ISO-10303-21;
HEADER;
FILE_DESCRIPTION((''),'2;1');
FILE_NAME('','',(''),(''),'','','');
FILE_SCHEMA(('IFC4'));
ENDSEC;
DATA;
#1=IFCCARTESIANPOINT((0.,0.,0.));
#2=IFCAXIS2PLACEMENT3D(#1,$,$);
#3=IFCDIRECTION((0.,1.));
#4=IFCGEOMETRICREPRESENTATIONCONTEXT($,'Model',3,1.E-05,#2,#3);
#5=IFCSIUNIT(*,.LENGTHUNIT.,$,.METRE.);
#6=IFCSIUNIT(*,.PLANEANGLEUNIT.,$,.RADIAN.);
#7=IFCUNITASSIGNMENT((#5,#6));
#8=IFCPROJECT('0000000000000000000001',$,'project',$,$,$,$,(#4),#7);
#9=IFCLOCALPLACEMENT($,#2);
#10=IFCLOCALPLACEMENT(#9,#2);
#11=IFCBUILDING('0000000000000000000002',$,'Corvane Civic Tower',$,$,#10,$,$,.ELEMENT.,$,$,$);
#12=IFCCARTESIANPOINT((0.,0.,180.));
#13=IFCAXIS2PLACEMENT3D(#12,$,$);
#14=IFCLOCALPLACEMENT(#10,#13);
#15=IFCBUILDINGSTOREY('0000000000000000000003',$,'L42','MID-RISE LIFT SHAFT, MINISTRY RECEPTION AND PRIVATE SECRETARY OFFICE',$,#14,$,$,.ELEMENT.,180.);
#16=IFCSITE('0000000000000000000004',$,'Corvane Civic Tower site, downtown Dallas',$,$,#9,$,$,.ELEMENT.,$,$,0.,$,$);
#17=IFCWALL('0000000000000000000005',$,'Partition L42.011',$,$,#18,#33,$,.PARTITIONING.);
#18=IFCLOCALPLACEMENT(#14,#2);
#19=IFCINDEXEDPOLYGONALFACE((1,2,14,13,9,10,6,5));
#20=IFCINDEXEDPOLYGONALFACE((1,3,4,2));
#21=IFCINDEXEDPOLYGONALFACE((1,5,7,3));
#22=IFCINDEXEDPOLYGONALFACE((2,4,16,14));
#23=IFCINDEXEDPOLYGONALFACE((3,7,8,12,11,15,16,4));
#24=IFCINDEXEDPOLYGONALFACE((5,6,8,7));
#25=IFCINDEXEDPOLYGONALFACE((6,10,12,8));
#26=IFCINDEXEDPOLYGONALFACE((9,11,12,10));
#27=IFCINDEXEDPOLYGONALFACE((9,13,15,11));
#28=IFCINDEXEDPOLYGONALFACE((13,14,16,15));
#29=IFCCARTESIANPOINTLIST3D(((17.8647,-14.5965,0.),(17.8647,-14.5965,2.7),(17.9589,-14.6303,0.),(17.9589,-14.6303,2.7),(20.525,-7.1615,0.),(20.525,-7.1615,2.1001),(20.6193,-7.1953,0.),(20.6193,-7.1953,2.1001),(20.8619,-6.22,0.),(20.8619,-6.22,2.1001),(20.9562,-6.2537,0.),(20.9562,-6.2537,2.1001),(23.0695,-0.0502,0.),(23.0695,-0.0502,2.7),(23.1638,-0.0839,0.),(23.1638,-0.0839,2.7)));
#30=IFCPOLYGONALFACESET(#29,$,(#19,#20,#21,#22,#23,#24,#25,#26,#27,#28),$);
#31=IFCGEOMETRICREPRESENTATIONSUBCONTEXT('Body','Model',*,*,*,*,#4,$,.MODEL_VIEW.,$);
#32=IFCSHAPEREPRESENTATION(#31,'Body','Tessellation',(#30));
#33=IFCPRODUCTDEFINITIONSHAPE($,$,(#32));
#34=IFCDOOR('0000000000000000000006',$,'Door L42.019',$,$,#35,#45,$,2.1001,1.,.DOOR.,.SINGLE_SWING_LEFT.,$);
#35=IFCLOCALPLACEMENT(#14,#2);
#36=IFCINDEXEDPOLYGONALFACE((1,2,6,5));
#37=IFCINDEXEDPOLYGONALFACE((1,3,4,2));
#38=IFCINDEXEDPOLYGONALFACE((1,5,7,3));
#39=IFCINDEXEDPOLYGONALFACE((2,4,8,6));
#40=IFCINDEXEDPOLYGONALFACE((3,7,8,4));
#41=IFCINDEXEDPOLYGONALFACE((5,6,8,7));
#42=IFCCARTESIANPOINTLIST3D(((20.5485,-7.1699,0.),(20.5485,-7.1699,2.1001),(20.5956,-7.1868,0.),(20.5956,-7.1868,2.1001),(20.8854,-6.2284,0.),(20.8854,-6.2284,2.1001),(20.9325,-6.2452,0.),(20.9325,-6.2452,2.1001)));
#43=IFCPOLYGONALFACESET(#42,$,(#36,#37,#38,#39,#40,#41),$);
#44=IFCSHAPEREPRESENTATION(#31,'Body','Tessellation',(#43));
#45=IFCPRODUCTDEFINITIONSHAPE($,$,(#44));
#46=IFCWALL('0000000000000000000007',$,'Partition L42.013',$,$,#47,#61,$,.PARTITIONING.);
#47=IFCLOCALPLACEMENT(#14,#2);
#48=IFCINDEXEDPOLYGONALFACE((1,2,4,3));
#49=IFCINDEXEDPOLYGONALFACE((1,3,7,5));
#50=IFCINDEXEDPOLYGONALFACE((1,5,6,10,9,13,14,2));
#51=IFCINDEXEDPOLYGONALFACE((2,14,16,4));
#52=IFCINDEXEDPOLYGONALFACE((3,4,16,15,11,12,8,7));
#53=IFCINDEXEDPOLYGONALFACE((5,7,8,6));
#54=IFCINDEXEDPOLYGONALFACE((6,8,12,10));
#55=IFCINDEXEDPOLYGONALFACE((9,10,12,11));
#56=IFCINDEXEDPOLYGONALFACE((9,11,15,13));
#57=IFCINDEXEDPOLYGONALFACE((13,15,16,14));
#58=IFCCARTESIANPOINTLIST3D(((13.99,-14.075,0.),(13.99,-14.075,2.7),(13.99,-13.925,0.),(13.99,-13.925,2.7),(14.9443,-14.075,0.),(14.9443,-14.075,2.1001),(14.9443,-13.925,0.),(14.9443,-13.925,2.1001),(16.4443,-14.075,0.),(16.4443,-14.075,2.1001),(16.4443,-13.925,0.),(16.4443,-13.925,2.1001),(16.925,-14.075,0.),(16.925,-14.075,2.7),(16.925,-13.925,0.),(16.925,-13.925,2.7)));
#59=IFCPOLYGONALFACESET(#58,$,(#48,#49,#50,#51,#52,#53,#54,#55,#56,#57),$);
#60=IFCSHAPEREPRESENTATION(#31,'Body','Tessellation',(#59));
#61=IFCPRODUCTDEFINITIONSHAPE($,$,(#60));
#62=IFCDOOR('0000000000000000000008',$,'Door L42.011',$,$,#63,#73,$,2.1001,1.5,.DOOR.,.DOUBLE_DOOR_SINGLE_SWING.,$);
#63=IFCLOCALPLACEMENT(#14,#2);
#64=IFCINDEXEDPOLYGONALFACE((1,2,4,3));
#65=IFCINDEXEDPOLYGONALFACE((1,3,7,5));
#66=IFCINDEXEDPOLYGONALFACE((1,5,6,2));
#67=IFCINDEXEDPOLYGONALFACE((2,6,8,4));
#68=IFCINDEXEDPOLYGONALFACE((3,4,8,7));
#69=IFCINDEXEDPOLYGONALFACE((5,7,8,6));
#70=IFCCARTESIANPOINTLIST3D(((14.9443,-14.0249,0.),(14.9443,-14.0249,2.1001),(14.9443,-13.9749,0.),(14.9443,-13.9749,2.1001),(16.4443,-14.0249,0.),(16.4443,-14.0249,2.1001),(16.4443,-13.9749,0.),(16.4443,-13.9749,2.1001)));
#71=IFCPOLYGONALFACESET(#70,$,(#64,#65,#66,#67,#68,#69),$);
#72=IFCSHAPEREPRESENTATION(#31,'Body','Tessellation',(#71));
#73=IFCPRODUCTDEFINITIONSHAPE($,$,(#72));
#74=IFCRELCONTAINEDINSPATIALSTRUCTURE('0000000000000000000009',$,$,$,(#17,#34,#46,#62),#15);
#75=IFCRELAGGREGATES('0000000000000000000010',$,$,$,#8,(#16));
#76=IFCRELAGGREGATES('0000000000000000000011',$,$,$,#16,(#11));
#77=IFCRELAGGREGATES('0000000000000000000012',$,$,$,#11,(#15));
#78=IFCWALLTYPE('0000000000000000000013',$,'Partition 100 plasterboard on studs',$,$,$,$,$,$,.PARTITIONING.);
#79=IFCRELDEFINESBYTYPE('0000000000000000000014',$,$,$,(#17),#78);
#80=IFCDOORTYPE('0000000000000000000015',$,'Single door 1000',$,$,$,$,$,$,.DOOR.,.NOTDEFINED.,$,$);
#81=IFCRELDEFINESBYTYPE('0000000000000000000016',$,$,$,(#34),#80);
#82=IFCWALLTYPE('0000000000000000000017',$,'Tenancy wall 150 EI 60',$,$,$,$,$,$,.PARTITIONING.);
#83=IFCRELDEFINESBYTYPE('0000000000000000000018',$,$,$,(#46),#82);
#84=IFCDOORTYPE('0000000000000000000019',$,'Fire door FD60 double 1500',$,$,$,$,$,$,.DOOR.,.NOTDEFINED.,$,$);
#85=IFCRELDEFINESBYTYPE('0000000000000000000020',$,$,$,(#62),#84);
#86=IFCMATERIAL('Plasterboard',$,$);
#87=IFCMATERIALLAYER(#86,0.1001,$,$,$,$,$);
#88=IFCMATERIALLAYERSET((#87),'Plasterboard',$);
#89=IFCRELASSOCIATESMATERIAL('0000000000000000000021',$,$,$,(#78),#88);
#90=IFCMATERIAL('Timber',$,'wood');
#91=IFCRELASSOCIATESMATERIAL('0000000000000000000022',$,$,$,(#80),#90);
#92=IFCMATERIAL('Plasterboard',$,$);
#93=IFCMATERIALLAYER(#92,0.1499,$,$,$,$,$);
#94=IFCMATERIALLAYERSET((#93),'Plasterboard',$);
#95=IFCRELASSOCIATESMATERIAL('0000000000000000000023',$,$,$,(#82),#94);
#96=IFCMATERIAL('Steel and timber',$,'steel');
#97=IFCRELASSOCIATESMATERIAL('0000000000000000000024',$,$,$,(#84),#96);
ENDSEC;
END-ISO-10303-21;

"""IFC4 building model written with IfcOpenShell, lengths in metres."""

from ifc_helpers import new_model, si_unit, direction, frame, frame_2d, origin, place, context, subcontext, project, spatial, rectangle, extrude, material, layer, layer_set, type_object, element, fill, save


model = new_model("IFC4")

# Units and contexts
model_context = context("Model", 3, precision=1e-05, world=origin(), true_north=direction((0.0, 1.0)))
body_context = subcontext(model_context, "Body", "Model", "MODEL_VIEW")
ifc_project = project(units=[si_unit("LENGTHUNIT", "METRE"), si_unit("PLANEANGLEUNIT", "RADIAN")], contexts=[model_context])

# Site, building, storey
site_placement = place(None, origin())
site = spatial("IfcSite", under=ifc_project, at=site_placement, Name="Corvane Civic Tower site, downtown Dallas", CompositionType="ELEMENT", RefElevation=0.0)
building_placement = place(site_placement, origin())
building = spatial("IfcBuilding", under=site, at=building_placement, Name="Corvane Civic Tower", CompositionType="ELEMENT")
storey_placement = place(building_placement, frame((0.0, 0.0, 180.0)))
storey = spatial("IfcBuildingStorey", under=building, at=storey_placement, Name="L42", Description="MID-RISE LIFT SHAFT, MINISTRY RECEPTION AND PRIVATE SECRETARY OFFICE", CompositionType="ELEMENT", Elevation=180.0)

# Walls, openings, doors
ifc_material_1 = material(Name="Plasterboard")
ifc_layer_1 = layer(ifc_material_1, 0.1001)
ifc_layer_set_1 = layer_set([ifc_layer_1], Name="Plasterboard")
wall_type_1 = type_object("IfcWallType", Name="Partition 100 plasterboard on studs", PredefinedType="PARTITIONING", material=ifc_layer_set_1)
wall_1_placement = place(storey_placement, frame((17.9119, -14.6133, 0.0), z_axis=(0.0, 0.0, 1.0), x_axis=(0.336893, 0.941543, 0.0)))
wall_1 = element("IfcWall", 1, at=wall_1_placement, inside=storey, type_object=wall_type_1, Name="Partition L42.011", PredefinedType="PARTITIONING", context=body_context, shape_type="SweptSolid", body=[
    extrude(rectangle(XDim=15.4495, YDim=0.1001, at=frame_2d((7.7246, 0.0))), origin(), (0.0, 0.0, 1.0), 2.7),
])
opening_1_placement = place(wall_1_placement, frame((7.8965, 0.0, 0.0)))
opening_1 = element("IfcOpeningElement", 2, at=opening_1_placement, cuts=wall_1, PredefinedType="OPENING", context=body_context, shape_type="SweptSolid", body=[
    extrude(rectangle(XDim=1.0, YDim=2.1001, at=frame_2d((0.5, 1.05))), frame((0.0, 0.0601, 0.0), z_axis=(0.0, -1.0, 0.0), x_axis=(1.0, 0.0, 0.0)), (0.0, 0.0, 1.0), 0.1201),
])
ifc_material_2 = material(Name="Timber", Category="wood")
door_type_1 = type_object("IfcDoorType", Name="Single door 1000", OperationType="NOTDEFINED", PredefinedType="DOOR", material=ifc_material_2)
door_1_placement = place(opening_1_placement, frame((1.0, 0.0, 0.0), z_axis=(0.0, 0.0, 1.0), x_axis=(-1.0, 0.0, 0.0)))
door_1 = element("IfcDoor", 3, at=door_1_placement, inside=storey, type_object=door_type_1, Name="Door L42.019", OperationType="SINGLE_SWING_LEFT", OverallHeight=2.1001, OverallWidth=1.0, PredefinedType="DOOR", context=body_context, shape_type="SweptSolid", body=[
    extrude(rectangle(XDim=1.0, YDim=2.1001, at=frame_2d((0.5, 1.05))), frame((0.0, 0.0249, 0.0), z_axis=(0.0, -1.0, 0.0), x_axis=(1.0, 0.0, 0.0)), (0.0, 0.0, 1.0), 0.05),
])
fill(opening_1, door_1)
ifc_material_3 = material(Name="Plasterboard")
ifc_layer_2 = layer(ifc_material_3, 0.1499)
ifc_layer_set_2 = layer_set([ifc_layer_2], Name="Plasterboard")
wall_type_2 = type_object("IfcWallType", Name="Tenancy wall 150 EI 60", PredefinedType="PARTITIONING", material=ifc_layer_set_2)
wall_2_placement = place(storey_placement, frame((13.99, -14.0, 0.0), z_axis=(0.0, 0.0, 1.0), x_axis=(1.0, 0.0, 0.0)))
wall_2 = element("IfcWall", 4, at=wall_2_placement, inside=storey, type_object=wall_type_2, Name="Partition L42.013", PredefinedType="PARTITIONING", context=body_context, shape_type="SweptSolid", body=[
    extrude(rectangle(XDim=2.9351, YDim=0.1499, at=frame_2d((1.4675, 0.0))), origin(), (0.0, 0.0, 1.0), 2.7),
])
opening_2_placement = place(wall_2_placement, frame((0.9543, 0.0, 0.0)))
opening_2 = element("IfcOpeningElement", 5, at=opening_2_placement, cuts=wall_2, PredefinedType="OPENING", context=body_context, shape_type="SweptSolid", body=[
    extrude(rectangle(XDim=1.5, YDim=2.1001, at=frame_2d((0.75, 1.05))), frame((0.0, 0.085, 0.0), z_axis=(0.0, -1.0, 0.0), x_axis=(1.0, 0.0, 0.0)), (0.0, 0.0, 1.0), 0.1699),
])
ifc_material_4 = material(Name="Steel and timber", Category="steel")
door_type_2 = type_object("IfcDoorType", Name="Fire door FD60 double 1500", OperationType="NOTDEFINED", PredefinedType="DOOR", material=ifc_material_4)
door_2_placement = place(opening_2_placement, frame((1.5, 0.0, 0.0), z_axis=(0.0, 0.0, 1.0), x_axis=(-1.0, 0.0, 0.0)))
door_2 = element("IfcDoor", 6, at=door_2_placement, inside=storey, type_object=door_type_2, Name="Door L42.011", OperationType="DOUBLE_DOOR_SINGLE_SWING", OverallHeight=2.1001, OverallWidth=1.5, PredefinedType="DOOR", context=body_context, shape_type="SweptSolid", body=[
    extrude(rectangle(XDim=1.5, YDim=2.1001, at=frame_2d((0.75, 1.05))), frame((0.0, 0.0249, 0.0), z_axis=(0.0, -1.0, 0.0), x_axis=(1.0, 0.0, 0.0)), (0.0, 0.0, 1.0), 0.05),
])
fill(opening_2, door_2)

save(model, "model.ifc")
